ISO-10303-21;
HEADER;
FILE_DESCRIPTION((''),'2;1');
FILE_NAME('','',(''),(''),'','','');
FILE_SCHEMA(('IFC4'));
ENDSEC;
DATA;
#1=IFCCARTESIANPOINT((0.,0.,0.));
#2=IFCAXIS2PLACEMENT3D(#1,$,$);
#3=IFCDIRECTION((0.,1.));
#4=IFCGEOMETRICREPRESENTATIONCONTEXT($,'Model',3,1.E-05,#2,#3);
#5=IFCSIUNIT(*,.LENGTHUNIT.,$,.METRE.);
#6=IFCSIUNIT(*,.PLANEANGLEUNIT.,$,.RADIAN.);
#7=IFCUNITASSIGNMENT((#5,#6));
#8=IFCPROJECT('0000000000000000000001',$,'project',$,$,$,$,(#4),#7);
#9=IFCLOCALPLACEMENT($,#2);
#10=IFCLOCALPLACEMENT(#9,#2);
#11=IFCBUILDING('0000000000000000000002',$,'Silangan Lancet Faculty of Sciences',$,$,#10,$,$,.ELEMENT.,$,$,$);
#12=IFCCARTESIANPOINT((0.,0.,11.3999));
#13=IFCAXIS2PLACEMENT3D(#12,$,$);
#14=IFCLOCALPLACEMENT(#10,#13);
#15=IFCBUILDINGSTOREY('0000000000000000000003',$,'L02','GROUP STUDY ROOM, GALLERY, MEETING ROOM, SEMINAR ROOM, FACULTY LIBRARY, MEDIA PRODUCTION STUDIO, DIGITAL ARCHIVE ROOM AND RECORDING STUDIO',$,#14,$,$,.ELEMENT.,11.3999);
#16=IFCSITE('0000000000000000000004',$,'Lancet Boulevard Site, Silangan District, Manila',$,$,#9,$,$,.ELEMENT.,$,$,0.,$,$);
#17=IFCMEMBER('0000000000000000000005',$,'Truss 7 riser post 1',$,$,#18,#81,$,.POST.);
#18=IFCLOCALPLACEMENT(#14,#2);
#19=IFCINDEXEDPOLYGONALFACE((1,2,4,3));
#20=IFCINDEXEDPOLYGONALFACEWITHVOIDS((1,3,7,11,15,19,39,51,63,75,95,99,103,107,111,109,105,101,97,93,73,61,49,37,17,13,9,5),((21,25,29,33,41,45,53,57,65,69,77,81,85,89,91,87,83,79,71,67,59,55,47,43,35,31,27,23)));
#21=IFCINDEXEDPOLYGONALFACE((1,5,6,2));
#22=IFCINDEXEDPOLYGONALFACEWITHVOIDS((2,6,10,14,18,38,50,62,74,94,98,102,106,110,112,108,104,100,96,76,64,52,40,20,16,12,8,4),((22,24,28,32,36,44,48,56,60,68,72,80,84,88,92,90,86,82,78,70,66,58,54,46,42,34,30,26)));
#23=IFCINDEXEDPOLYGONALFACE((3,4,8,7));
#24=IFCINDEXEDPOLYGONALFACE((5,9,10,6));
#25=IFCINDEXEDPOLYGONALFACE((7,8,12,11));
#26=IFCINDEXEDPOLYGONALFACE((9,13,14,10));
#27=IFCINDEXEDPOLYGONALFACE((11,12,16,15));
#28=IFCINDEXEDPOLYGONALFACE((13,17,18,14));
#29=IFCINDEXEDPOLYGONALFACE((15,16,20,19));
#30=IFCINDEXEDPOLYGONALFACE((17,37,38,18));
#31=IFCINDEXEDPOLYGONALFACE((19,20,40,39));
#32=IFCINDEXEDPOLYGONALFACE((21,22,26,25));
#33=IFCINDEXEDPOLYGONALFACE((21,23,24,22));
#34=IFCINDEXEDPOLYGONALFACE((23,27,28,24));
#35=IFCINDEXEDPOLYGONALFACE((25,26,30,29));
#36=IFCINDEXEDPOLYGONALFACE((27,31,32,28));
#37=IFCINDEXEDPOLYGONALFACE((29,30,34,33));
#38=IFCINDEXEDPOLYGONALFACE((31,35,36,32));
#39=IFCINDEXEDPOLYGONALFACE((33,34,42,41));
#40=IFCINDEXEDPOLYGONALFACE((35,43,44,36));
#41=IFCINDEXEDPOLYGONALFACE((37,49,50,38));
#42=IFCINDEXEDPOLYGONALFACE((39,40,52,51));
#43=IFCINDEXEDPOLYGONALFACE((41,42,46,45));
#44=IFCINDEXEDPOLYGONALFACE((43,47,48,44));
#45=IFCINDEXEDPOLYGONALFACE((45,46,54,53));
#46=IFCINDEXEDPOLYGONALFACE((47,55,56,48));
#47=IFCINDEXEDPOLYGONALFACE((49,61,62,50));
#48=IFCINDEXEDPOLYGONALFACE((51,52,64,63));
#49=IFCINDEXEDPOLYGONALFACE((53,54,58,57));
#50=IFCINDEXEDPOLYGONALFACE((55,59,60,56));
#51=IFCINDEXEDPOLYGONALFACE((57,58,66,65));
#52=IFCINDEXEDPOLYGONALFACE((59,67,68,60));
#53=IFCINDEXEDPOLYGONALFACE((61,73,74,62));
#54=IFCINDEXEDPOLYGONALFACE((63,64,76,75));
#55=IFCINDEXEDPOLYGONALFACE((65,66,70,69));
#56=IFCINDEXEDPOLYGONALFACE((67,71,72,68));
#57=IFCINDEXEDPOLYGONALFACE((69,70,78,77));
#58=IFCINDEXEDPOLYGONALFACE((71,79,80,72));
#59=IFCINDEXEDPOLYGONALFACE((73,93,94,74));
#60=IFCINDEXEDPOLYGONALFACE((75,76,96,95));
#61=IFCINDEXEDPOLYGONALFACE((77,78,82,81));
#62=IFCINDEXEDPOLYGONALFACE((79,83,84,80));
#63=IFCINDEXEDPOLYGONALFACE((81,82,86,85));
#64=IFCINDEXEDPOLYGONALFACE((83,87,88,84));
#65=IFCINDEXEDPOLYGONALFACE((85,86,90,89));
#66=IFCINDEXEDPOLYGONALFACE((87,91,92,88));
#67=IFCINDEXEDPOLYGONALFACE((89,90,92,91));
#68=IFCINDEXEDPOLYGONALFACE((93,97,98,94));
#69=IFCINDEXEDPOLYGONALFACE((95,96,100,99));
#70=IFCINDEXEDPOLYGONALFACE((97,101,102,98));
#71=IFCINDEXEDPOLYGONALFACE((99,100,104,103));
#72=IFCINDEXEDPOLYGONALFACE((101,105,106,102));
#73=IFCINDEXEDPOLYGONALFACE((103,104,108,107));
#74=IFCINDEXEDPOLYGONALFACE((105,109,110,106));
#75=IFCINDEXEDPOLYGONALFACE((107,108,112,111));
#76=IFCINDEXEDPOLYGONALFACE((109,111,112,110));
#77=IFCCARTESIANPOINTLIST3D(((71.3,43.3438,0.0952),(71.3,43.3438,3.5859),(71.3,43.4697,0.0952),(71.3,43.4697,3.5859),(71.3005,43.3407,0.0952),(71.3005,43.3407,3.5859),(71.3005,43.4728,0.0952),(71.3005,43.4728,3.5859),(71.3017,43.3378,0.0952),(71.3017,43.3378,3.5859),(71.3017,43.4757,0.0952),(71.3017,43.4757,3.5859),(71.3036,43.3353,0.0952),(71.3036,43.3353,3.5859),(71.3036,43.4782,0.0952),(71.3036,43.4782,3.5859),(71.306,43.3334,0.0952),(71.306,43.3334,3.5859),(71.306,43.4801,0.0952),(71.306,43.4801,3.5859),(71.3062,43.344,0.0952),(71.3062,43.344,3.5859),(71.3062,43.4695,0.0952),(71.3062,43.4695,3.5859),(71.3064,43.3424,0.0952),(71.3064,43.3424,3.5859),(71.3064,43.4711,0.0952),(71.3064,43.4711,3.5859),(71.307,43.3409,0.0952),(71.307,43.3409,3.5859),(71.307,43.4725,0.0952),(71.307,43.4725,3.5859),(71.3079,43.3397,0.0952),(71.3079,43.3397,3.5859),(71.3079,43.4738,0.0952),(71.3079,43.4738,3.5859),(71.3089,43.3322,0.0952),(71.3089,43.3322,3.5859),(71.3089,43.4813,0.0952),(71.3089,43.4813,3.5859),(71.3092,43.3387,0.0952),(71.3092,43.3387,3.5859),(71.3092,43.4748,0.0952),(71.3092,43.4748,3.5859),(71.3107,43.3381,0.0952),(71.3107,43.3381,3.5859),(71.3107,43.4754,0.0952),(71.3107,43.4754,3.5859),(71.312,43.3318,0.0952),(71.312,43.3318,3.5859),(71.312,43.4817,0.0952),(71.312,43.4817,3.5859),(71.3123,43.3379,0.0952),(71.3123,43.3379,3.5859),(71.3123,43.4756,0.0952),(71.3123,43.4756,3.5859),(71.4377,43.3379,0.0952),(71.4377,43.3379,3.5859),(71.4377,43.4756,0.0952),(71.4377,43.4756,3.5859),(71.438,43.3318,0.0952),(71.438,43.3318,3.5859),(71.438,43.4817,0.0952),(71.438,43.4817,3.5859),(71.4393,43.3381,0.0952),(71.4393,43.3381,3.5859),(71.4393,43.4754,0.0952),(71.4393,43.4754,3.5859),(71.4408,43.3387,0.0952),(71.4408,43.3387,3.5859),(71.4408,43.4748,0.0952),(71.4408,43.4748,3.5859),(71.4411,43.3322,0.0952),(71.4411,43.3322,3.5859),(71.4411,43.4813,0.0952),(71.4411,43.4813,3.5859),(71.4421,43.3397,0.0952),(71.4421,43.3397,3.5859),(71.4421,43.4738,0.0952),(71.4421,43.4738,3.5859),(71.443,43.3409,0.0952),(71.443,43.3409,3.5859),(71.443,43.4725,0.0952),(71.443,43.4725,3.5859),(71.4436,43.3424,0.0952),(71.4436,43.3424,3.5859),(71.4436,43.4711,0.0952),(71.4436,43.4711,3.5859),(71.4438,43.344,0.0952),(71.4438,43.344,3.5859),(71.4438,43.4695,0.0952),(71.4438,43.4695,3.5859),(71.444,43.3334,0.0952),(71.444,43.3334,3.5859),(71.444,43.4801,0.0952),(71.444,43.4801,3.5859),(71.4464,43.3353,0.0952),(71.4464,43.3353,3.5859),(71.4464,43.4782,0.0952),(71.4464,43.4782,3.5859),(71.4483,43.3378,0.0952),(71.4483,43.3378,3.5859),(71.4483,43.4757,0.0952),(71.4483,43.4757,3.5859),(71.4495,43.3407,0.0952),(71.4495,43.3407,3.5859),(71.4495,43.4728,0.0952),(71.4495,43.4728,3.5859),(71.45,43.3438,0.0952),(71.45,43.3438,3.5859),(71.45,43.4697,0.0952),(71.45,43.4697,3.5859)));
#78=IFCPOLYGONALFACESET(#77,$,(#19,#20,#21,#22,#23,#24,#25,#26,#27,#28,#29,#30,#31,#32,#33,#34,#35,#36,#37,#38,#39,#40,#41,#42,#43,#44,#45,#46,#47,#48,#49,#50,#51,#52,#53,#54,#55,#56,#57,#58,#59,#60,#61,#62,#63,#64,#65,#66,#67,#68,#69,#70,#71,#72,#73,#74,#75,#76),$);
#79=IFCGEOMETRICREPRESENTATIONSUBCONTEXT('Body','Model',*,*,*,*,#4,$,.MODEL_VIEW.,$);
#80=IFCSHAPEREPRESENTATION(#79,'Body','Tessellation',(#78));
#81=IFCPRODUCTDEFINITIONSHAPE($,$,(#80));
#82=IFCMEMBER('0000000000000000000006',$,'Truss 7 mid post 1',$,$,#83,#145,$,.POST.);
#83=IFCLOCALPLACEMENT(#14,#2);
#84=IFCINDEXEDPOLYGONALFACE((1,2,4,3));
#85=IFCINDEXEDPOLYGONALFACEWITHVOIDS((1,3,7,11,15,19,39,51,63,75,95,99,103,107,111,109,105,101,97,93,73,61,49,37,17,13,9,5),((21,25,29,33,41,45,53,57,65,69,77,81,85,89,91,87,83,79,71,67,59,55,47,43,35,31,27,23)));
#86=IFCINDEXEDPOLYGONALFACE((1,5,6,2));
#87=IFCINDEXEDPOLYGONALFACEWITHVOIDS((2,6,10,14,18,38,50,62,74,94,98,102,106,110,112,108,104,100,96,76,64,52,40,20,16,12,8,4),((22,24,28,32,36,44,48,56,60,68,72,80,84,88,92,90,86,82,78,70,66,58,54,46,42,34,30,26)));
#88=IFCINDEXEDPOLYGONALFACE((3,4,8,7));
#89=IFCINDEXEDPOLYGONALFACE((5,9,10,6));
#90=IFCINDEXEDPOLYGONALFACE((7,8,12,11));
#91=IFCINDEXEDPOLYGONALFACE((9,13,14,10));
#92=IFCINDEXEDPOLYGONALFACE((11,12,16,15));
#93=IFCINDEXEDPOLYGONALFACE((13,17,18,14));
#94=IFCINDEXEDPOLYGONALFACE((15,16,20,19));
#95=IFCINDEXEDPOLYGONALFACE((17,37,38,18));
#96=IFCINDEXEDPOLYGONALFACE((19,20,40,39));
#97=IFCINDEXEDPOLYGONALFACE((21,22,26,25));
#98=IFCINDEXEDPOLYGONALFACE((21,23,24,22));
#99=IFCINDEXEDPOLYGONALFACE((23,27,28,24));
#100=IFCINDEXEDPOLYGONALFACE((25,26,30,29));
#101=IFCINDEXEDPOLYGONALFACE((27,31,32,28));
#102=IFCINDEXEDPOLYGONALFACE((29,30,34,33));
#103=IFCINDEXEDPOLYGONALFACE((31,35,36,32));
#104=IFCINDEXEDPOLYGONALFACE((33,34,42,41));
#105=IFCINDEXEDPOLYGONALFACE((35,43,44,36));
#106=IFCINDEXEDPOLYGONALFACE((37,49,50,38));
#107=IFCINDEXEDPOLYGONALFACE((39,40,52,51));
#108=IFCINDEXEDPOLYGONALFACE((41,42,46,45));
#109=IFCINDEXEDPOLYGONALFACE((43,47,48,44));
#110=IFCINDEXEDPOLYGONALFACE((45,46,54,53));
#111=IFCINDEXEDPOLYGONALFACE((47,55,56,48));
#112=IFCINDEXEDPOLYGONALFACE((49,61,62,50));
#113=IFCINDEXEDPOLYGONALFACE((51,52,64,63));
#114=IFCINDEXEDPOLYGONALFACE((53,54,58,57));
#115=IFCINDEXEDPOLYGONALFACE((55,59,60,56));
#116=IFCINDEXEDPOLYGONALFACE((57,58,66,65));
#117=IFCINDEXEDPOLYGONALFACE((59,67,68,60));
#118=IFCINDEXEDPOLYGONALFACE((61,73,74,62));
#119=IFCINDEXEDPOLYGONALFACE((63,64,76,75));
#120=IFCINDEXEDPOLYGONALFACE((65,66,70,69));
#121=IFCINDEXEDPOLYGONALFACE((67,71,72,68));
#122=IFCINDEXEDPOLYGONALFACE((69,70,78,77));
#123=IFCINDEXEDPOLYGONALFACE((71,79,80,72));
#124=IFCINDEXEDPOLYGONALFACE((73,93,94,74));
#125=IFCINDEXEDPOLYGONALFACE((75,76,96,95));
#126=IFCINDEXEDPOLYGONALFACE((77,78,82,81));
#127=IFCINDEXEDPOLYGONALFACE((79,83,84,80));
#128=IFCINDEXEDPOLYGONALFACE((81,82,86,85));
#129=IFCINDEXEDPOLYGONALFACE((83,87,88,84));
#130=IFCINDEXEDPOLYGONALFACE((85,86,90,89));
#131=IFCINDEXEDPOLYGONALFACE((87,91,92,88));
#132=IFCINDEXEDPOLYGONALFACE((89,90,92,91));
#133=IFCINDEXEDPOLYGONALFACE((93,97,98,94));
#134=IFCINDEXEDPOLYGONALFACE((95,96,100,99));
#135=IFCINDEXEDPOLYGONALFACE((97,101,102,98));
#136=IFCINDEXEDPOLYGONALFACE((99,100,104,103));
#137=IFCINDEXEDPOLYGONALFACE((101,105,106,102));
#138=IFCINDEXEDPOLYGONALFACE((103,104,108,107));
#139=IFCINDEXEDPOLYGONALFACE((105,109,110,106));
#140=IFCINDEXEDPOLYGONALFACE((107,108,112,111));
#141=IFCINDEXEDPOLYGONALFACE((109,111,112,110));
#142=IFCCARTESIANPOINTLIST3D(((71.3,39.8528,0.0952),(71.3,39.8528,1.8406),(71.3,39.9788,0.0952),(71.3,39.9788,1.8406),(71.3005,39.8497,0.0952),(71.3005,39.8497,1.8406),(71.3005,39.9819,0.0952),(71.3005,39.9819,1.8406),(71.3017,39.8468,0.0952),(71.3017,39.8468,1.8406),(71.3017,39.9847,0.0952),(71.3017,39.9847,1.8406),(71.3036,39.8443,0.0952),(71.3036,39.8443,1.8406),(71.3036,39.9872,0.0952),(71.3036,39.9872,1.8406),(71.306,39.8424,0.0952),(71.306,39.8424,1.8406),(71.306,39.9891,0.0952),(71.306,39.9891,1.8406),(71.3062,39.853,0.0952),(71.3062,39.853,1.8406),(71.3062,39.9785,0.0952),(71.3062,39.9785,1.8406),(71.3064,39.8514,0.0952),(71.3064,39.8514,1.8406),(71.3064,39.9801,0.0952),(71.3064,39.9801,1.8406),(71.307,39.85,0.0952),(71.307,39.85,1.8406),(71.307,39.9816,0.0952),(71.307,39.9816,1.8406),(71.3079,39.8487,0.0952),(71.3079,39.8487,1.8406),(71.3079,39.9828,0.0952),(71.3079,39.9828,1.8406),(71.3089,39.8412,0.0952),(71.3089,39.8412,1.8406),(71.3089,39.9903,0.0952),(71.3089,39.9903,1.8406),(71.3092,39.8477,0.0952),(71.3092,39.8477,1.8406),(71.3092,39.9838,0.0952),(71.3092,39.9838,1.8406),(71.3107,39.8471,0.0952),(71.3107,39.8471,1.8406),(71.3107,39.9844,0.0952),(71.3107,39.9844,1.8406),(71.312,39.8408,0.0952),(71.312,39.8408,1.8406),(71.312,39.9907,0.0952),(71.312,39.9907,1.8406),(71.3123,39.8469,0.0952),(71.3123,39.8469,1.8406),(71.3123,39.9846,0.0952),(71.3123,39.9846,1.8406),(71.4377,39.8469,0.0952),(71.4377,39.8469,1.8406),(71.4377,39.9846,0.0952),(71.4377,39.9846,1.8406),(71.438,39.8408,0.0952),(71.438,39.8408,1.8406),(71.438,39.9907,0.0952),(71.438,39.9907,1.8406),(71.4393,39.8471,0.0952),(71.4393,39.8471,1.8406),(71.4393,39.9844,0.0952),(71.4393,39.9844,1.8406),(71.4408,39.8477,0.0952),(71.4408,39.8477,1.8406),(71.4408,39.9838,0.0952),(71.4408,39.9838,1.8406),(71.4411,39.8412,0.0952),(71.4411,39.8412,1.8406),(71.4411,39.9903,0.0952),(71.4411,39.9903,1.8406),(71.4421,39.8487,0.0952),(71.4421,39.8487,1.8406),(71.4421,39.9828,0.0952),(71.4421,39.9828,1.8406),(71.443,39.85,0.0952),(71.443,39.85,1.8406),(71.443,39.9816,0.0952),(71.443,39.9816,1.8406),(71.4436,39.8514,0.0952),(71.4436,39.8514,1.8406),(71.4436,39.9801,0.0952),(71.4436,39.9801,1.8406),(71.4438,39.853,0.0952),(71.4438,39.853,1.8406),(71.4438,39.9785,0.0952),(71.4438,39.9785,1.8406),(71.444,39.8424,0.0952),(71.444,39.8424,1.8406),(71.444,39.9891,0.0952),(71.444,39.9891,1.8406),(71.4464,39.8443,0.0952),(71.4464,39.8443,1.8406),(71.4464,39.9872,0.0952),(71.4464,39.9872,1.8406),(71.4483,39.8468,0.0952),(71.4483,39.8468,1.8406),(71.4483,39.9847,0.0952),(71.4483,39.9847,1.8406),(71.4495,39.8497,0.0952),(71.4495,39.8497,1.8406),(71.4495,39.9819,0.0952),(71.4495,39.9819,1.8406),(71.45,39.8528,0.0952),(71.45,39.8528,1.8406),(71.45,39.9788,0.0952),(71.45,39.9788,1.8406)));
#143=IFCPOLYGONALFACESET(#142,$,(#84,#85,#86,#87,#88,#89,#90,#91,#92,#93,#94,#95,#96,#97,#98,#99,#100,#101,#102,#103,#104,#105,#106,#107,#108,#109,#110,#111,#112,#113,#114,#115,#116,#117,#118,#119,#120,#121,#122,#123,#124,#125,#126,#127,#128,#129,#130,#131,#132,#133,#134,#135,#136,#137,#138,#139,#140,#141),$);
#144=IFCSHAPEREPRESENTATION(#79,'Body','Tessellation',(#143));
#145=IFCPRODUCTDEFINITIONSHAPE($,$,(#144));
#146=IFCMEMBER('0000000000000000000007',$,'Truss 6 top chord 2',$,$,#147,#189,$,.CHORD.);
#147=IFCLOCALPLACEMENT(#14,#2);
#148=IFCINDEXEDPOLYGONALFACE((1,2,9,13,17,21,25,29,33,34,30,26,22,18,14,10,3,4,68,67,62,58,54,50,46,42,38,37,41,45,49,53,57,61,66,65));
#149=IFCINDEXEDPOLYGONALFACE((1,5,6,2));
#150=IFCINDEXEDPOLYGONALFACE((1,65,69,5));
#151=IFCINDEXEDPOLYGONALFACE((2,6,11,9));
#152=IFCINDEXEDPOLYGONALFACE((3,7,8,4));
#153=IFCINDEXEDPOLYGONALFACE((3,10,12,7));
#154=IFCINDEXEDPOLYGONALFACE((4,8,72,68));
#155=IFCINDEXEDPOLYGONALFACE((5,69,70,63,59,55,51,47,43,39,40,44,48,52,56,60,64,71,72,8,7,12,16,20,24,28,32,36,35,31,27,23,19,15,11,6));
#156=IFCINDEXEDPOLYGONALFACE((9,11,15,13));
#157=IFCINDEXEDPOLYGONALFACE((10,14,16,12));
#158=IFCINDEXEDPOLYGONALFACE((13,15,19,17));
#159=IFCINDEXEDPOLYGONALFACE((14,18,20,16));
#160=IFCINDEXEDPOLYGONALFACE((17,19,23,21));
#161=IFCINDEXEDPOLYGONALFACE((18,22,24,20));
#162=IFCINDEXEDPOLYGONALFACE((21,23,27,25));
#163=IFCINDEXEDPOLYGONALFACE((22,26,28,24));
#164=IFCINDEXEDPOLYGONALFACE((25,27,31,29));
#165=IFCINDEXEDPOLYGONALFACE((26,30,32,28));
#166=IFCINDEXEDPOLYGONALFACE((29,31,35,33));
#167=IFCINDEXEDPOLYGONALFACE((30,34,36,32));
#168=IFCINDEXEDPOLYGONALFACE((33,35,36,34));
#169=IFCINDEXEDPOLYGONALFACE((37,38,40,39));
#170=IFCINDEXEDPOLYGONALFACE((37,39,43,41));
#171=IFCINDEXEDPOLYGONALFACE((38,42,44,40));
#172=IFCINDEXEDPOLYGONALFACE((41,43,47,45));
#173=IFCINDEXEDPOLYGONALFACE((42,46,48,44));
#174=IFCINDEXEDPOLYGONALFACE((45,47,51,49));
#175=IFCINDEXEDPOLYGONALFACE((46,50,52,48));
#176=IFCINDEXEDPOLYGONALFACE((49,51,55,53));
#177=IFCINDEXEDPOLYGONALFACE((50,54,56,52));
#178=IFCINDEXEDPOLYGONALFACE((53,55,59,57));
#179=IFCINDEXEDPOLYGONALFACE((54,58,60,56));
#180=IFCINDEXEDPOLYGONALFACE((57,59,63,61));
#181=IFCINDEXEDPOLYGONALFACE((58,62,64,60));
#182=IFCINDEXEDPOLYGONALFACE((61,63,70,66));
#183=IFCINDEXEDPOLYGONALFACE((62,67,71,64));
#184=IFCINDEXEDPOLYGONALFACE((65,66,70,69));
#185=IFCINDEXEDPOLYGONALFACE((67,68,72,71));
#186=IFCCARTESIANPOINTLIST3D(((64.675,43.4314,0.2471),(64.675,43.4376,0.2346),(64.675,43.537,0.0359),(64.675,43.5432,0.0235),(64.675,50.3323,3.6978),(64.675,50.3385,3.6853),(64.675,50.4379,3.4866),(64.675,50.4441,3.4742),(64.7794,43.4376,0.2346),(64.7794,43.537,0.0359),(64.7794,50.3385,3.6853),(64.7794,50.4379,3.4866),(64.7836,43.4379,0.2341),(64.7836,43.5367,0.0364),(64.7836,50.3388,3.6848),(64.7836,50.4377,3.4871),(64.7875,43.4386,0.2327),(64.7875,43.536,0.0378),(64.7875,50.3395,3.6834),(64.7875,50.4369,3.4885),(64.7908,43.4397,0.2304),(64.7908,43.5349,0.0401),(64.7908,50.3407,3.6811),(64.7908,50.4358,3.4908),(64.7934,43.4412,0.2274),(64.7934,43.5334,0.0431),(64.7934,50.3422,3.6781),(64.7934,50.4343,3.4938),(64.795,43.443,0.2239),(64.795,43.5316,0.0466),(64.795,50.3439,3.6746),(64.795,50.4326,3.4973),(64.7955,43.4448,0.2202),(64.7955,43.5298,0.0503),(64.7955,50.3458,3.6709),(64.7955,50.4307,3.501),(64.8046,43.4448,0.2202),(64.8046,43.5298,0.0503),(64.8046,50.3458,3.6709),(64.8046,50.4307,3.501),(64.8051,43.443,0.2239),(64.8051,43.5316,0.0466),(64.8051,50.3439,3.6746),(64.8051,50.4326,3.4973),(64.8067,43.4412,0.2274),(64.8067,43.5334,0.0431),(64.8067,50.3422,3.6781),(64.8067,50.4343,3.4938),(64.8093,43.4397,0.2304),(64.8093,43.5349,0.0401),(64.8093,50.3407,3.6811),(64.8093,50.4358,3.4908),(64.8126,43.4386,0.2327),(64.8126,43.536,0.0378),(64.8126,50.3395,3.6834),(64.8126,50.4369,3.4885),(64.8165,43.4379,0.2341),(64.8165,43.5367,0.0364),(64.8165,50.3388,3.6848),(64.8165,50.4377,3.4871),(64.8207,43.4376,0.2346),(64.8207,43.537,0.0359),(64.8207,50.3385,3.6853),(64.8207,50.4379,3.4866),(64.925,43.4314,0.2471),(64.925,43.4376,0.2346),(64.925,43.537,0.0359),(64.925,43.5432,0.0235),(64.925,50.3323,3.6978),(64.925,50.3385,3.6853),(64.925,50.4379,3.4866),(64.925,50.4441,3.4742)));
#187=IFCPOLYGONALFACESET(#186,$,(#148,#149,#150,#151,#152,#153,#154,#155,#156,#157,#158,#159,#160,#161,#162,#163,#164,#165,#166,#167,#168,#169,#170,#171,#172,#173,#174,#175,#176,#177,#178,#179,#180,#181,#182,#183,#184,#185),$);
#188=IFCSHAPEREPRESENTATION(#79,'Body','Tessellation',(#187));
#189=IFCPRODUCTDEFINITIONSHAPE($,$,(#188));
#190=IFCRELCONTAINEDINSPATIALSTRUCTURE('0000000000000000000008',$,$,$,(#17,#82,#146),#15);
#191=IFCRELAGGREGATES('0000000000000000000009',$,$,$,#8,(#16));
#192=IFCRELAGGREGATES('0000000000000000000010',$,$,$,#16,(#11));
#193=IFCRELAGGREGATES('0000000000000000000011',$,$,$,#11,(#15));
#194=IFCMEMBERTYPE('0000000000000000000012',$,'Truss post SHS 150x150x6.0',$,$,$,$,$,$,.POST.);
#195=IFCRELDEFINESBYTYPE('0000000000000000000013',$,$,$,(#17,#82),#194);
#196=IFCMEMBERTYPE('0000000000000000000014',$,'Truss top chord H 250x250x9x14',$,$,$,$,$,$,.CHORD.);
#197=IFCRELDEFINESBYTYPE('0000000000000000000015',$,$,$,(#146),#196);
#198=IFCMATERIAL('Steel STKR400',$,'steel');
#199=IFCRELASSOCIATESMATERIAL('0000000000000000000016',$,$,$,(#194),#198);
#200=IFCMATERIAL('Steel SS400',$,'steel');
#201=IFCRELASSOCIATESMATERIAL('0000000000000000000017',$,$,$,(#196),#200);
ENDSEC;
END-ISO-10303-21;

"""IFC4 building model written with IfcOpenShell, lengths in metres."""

from ifc_helpers import new_model, si_unit, direction, frame, origin, origin_2d, place, context, subcontext, project, spatial, hollow_rectangle, i_section, extrude, material, material_profile, profile_set, type_object, element, save


model = new_model("IFC4")

# Units and contexts
model_context = context("Model", 3, precision=1e-05, world=origin(), true_north=direction((0.0, 1.0)))
body_context = subcontext(model_context, "Body", "Model", "MODEL_VIEW")
ifc_project = project(units=[si_unit("LENGTHUNIT", "METRE"), si_unit("PLANEANGLEUNIT", "RADIAN")], contexts=[model_context])

# Site, building, storey
site_placement = place(None, origin())
site = spatial("IfcSite", under=ifc_project, at=site_placement, Name="Lancet Boulevard Site, Silangan District, Manila", CompositionType="ELEMENT", RefElevation=0.0)
building_placement = place(site_placement, origin())
building = spatial("IfcBuilding", under=site, at=building_placement, Name="Silangan Lancet Faculty of Sciences", CompositionType="ELEMENT")
storey_placement = place(building_placement, frame((0.0, 0.0, 11.3999)))
storey = spatial("IfcBuildingStorey", under=building, at=storey_placement, Name="L02", Description="GROUP STUDY ROOM, GALLERY, MEETING ROOM, SEMINAR ROOM, FACULTY LIBRARY, MEDIA PRODUCTION STUDIO, DIGITAL ARCHIVE ROOM AND RECORDING STUDIO", CompositionType="ELEMENT", Elevation=11.3999)

# Members
ifc_material_1 = material(Name="Steel STKR400", Category="steel")
ifc_material_profile_1 = material_profile(ifc_material_1, hollow_rectangle(XDim=0.1499, YDim=0.1499, WallThickness=0.0061, InnerFilletRadius=0.0061, OuterFilletRadius=0.012, at=origin_2d()), Name="SHS 150x150x6.0")
ifc_profile_set_1 = profile_set([ifc_material_profile_1], Name="Steel STKR400")
member_type_1 = type_object("IfcMemberType", Name="Truss post SHS 150x150x6.0", PredefinedType="POST", material=ifc_profile_set_1)
member_1_placement = place(storey_placement, frame((71.375, 43.4067, 0.0952), z_axis=(0.0, 0.0, 1.0), x_axis=(1.0, 0.0, 0.0)))
element("IfcMember", 1, at=member_1_placement, inside=storey, type_object=member_type_1, Name="Truss 7 riser post 1", PredefinedType="POST", context=body_context, shape_type="SweptSolid", body=[
    extrude(hollow_rectangle(XDim=0.1499, YDim=0.1499, WallThickness=0.0061, InnerFilletRadius=0.0061, OuterFilletRadius=0.012, at=origin_2d()), origin(), (0.0, 0.0, 1.0), 3.4907),
])
member_2_placement = place(storey_placement, frame((71.375, 39.9158, 0.0952), z_axis=(0.0, 0.0, 1.0), x_axis=(1.0, 0.0, 0.0)))
element("IfcMember", 2, at=member_2_placement, inside=storey, type_object=member_type_1, Name="Truss 7 mid post 1", PredefinedType="POST", context=body_context, shape_type="SweptSolid", body=[
    extrude(hollow_rectangle(XDim=0.1499, YDim=0.1499, WallThickness=0.0061, InnerFilletRadius=0.0061, OuterFilletRadius=0.012, at=origin_2d()), origin(), (0.0, 0.0, 1.0), 1.7454),
])
ifc_material_2 = material(Name="Steel SS400", Category="steel")
ifc_material_profile_2 = material_profile(ifc_material_2, i_section(OverallWidth=0.25, OverallDepth=0.25, WebThickness=0.009, FlangeThickness=0.0139, FilletRadius=0.0161, at=origin_2d()), Name="H 250x250x9x14")
ifc_profile_set_2 = profile_set([ifc_material_profile_2], Name="Steel SS400")
member_type_2 = type_object("IfcMemberType", Name="Truss top chord H 250x250x9x14", PredefinedType="CHORD", material=ifc_profile_set_2)
member_3_placement = place(storey_placement, frame((64.8, 43.4873, 0.1353), z_axis=(0.0, 0.894415, 0.447239), x_axis=(-1.0, 0.0, 0.0)))
element("IfcMember", 3, at=member_3_placement, inside=storey, type_object=member_type_2, Name="Truss 6 top chord 2", PredefinedType="CHORD", context=body_context, shape_type="SweptSolid", body=[
    extrude(i_section(OverallWidth=0.25, OverallDepth=0.25, WebThickness=0.009, FlangeThickness=0.0139, FilletRadius=0.0161, at=origin_2d()), origin(), (0.0, 0.0, 1.0), 7.7156),
])

save(model, "model.ifc")
